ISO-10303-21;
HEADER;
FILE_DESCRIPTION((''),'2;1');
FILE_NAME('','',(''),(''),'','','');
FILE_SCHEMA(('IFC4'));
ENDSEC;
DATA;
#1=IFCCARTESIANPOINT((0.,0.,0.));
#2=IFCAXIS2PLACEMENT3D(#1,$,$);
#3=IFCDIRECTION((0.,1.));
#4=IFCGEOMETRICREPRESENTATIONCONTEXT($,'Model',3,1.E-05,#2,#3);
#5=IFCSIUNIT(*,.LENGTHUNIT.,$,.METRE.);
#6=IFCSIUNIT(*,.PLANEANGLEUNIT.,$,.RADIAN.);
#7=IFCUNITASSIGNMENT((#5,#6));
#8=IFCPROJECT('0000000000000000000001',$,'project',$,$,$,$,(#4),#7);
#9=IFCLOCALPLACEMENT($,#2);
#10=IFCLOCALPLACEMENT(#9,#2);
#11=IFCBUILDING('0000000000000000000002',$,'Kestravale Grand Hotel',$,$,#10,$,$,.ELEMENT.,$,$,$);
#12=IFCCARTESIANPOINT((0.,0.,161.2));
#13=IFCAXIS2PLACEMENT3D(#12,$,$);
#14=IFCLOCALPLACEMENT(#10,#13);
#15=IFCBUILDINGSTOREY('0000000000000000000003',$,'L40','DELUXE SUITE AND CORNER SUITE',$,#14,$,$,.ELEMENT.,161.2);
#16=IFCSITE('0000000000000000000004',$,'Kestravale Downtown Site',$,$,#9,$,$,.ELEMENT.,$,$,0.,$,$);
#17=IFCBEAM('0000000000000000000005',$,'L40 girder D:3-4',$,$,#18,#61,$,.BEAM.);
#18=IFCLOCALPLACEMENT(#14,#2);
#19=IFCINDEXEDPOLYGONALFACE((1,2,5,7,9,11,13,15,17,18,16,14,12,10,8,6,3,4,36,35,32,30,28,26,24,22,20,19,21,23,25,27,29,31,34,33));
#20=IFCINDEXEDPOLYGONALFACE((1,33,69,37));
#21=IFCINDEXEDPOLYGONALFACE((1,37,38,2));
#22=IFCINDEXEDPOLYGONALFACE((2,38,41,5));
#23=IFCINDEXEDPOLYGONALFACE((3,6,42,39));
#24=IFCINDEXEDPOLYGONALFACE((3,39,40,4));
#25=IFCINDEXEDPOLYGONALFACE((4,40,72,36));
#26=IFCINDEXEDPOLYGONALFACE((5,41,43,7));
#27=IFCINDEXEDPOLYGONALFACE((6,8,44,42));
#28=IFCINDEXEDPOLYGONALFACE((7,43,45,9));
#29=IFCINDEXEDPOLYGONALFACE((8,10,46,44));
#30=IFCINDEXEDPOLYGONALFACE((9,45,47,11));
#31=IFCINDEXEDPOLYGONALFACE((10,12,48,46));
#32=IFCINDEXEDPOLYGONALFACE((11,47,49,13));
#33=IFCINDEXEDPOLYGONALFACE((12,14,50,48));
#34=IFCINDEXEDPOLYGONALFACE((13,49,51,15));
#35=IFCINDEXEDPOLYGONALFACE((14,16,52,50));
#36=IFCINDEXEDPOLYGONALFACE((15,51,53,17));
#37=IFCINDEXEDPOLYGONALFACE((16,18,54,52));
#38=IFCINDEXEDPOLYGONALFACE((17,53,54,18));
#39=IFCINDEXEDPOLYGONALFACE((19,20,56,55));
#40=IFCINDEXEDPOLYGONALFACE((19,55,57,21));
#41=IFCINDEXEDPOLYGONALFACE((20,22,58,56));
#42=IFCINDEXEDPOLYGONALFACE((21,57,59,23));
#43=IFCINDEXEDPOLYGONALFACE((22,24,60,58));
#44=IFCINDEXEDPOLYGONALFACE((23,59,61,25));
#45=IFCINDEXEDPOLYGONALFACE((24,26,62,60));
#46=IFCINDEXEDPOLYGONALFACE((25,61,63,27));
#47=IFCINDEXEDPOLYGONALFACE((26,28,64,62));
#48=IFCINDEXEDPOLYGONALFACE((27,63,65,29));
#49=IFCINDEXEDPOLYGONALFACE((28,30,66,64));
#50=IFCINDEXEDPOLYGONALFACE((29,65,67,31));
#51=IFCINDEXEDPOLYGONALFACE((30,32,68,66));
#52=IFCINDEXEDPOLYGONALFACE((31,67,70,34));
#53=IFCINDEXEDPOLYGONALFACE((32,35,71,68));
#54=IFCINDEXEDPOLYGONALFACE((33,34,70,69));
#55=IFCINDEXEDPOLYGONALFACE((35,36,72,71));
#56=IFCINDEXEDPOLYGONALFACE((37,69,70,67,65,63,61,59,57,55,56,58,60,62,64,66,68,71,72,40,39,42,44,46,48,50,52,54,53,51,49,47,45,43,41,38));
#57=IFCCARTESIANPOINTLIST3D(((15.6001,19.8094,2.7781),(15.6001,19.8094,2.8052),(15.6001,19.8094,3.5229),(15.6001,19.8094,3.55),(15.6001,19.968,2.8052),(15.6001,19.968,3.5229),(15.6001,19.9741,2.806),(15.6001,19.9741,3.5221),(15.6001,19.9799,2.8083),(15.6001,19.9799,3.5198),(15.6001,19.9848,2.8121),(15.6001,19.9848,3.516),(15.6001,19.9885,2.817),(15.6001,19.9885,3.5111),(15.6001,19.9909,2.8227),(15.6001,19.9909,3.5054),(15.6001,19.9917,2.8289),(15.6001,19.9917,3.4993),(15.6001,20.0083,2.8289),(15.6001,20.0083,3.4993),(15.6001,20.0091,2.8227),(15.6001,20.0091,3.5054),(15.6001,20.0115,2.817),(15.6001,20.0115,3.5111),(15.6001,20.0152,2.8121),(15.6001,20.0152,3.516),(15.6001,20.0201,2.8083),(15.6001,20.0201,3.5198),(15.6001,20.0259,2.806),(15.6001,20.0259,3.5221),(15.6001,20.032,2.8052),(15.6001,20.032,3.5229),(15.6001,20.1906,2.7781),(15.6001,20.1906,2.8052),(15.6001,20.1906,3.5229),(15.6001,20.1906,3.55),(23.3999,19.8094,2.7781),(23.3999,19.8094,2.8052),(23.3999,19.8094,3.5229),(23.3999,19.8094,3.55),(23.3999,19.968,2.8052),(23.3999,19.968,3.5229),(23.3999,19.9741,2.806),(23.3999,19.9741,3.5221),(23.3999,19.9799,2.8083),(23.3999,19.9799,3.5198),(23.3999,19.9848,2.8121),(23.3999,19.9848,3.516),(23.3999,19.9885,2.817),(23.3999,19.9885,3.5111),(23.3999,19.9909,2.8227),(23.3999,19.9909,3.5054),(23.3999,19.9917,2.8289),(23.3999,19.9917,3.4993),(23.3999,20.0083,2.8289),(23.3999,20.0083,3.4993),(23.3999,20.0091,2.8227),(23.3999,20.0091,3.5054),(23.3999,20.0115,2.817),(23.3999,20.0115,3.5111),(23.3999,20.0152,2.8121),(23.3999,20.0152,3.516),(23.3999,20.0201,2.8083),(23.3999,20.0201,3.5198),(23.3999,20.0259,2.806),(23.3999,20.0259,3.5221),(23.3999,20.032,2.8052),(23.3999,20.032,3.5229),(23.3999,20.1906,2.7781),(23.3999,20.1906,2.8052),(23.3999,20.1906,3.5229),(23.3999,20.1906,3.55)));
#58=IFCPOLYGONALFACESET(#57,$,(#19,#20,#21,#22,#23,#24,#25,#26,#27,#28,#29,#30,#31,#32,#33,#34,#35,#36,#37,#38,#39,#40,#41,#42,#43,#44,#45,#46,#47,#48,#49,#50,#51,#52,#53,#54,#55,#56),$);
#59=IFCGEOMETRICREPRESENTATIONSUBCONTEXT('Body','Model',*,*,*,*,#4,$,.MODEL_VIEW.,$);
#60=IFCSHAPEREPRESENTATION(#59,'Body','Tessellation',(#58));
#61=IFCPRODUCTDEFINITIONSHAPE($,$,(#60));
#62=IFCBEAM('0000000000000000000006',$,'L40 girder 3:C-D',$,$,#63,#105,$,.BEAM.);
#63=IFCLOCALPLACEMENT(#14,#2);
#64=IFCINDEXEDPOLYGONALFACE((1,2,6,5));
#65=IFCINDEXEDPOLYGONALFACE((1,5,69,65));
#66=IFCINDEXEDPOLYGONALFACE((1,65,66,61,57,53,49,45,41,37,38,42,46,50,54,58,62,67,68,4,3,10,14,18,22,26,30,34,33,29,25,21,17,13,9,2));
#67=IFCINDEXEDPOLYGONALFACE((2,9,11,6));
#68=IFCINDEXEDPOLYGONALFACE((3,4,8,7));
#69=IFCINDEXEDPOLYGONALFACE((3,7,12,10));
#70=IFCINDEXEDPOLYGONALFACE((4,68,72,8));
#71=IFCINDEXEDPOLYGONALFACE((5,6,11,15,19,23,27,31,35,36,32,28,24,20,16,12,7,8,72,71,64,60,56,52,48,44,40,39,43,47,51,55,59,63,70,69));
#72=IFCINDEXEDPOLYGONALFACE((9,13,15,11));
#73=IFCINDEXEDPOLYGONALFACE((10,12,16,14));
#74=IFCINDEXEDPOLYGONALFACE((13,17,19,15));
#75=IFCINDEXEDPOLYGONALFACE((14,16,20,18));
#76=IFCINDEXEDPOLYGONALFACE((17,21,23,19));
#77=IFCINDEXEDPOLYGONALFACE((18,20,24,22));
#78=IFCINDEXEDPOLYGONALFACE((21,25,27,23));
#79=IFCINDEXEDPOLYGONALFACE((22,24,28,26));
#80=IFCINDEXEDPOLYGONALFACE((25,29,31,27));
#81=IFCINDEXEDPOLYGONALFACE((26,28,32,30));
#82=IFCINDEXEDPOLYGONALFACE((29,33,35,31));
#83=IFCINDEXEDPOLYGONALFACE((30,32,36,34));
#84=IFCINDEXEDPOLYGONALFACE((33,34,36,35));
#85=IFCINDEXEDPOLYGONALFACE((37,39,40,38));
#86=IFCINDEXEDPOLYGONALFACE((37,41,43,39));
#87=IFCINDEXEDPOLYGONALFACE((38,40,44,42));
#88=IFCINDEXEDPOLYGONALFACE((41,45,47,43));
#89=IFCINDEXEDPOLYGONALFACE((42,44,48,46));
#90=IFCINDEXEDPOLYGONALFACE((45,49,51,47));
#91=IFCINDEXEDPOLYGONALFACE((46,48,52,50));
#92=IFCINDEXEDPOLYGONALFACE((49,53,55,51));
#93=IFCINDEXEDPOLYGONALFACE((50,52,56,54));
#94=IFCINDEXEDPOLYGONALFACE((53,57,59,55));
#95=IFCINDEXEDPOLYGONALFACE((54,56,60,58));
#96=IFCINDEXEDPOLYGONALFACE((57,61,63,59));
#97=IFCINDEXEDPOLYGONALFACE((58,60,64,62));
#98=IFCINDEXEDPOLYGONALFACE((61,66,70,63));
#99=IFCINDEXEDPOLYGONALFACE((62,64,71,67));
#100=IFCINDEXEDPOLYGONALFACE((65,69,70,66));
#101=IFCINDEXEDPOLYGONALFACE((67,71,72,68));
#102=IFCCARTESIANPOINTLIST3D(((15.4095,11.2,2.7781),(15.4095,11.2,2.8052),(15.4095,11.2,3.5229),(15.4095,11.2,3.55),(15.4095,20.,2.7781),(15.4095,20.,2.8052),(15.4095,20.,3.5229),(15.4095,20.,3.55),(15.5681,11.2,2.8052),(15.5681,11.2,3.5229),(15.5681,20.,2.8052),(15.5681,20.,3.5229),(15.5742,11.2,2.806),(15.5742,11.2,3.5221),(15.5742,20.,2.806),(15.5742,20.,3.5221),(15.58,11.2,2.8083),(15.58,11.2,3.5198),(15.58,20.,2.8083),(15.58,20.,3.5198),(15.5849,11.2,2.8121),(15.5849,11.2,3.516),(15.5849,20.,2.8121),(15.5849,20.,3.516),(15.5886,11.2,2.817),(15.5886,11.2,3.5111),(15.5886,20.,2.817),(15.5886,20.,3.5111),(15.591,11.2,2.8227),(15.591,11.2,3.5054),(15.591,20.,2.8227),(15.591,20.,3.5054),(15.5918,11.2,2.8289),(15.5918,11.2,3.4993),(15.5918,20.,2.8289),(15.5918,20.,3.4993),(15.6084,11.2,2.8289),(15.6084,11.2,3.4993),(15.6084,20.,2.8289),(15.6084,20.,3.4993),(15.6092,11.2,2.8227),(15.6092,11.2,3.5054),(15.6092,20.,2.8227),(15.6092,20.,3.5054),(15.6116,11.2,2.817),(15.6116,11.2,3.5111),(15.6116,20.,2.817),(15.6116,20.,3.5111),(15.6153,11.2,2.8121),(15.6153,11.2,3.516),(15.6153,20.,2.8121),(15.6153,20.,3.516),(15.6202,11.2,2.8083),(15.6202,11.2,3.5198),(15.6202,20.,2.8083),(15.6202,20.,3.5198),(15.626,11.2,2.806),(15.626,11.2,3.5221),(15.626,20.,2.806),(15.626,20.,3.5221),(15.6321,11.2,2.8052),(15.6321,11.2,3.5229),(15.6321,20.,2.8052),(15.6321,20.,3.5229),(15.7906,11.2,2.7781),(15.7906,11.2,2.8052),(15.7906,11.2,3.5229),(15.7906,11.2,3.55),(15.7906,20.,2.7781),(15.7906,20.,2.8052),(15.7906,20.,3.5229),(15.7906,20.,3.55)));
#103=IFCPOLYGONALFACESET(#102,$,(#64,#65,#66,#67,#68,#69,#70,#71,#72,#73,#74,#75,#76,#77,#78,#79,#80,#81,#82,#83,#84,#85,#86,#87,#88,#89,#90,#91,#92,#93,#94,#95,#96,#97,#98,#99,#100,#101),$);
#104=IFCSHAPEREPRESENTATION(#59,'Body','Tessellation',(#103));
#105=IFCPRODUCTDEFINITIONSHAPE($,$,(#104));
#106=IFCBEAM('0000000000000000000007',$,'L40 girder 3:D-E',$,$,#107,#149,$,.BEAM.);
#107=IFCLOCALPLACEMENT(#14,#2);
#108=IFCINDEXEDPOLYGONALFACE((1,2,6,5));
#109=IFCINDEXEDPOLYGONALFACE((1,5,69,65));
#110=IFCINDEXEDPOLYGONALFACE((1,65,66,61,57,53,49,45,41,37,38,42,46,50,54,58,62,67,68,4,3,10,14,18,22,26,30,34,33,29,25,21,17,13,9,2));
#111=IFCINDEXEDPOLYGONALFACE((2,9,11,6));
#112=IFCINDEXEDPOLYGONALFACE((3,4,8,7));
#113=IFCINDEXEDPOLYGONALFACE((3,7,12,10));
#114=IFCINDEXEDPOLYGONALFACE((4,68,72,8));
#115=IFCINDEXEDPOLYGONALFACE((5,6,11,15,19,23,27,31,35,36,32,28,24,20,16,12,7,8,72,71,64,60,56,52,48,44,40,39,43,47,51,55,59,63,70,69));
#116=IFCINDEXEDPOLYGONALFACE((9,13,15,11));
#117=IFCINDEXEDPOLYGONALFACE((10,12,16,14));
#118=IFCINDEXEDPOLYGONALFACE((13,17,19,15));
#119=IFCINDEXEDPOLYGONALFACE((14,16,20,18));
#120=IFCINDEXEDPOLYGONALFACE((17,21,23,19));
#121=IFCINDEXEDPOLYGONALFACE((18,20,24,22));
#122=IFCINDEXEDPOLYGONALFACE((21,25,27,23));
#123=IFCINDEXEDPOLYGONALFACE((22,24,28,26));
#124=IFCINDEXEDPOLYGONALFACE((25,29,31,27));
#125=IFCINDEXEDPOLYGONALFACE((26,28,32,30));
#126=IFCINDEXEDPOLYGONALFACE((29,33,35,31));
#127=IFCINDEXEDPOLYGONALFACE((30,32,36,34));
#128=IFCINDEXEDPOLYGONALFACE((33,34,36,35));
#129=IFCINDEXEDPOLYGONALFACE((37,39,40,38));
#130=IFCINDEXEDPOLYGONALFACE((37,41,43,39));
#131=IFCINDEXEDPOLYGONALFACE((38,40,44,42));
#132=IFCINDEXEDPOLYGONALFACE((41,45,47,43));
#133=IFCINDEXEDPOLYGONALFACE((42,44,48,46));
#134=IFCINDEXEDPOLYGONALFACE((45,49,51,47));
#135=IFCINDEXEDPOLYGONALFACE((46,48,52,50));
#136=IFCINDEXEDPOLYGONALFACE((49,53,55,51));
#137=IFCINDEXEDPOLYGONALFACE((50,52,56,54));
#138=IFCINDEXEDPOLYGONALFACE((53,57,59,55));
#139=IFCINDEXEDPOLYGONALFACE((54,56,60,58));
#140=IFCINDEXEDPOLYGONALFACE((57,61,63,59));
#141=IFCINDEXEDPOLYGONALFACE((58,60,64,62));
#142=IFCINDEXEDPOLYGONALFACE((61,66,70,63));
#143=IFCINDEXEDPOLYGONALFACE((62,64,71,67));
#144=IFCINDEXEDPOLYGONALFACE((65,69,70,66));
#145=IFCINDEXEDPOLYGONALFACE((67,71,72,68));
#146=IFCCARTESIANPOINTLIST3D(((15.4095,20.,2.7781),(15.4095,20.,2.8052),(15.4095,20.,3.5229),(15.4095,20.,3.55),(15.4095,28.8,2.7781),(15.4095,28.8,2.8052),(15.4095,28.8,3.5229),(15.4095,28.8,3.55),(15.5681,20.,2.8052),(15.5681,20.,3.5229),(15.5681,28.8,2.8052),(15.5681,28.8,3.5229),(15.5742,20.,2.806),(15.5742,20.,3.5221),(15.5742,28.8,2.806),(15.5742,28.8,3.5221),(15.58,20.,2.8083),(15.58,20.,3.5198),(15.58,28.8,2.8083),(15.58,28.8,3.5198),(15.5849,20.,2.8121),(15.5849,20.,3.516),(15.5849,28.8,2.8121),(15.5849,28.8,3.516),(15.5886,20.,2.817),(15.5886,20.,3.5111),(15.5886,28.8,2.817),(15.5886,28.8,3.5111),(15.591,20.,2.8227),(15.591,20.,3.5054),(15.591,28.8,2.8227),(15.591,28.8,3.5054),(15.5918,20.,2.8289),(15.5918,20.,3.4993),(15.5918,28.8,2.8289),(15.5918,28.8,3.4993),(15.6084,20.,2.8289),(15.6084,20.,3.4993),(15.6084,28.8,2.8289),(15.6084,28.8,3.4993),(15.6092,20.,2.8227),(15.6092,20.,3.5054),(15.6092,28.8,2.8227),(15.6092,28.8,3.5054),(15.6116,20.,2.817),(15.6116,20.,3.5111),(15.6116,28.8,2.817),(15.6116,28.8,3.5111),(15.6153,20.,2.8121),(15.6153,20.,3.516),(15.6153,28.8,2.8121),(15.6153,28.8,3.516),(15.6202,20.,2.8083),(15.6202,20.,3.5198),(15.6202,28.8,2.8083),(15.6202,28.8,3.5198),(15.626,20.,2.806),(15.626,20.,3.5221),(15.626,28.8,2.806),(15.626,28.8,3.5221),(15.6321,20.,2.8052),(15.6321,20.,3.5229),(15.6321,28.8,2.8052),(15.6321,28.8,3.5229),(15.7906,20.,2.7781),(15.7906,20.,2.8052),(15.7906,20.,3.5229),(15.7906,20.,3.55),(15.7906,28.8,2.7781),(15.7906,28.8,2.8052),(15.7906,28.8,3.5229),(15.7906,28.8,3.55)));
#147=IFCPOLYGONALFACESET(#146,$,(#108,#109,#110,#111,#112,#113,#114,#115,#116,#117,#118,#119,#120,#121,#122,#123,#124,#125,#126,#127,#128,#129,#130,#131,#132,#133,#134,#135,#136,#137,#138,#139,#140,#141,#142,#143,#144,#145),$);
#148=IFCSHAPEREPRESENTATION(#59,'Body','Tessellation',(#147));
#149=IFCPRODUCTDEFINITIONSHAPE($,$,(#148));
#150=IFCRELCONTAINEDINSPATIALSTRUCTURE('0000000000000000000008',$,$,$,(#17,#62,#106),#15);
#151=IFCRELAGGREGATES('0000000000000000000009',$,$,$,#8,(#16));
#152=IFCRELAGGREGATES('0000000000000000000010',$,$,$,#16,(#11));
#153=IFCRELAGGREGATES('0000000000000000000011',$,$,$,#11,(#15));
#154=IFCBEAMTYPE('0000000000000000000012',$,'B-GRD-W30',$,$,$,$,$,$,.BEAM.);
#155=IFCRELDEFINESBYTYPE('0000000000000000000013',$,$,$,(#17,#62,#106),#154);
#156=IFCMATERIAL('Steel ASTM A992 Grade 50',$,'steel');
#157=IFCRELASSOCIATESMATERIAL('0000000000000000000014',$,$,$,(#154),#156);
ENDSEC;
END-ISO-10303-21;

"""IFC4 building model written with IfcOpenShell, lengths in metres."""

from ifc_helpers import new_model, si_unit, direction, frame, origin, origin_2d, place, context, subcontext, project, spatial, i_section, extrude, material, material_profile, profile_set, type_object, element, save


model = new_model("IFC4")

# Units and contexts
model_context = context("Model", 3, precision=1e-05, world=origin(), true_north=direction((0.0, 1.0)))
body_context = subcontext(model_context, "Body", "Model", "MODEL_VIEW")
ifc_project = project(units=[si_unit("LENGTHUNIT", "METRE"), si_unit("PLANEANGLEUNIT", "RADIAN")], contexts=[model_context])

# Site, building, storey
site_placement = place(None, origin())
site = spatial("IfcSite", under=ifc_project, at=site_placement, Name="Kestravale Downtown Site", CompositionType="ELEMENT", RefElevation=0.0)
building_placement = place(site_placement, origin())
building = spatial("IfcBuilding", under=site, at=building_placement, Name="Kestravale Grand Hotel", CompositionType="ELEMENT")
storey_placement = place(building_placement, frame((0.0, 0.0, 161.2)))
storey = spatial("IfcBuildingStorey", under=building, at=storey_placement, Name="L40", Description="DELUXE SUITE AND CORNER SUITE", CompositionType="ELEMENT", Elevation=161.2)

# Beams
ifc_material_1 = material(Name="Steel ASTM A992 Grade 50", Category="steel")
ifc_material_profile_1 = material_profile(ifc_material_1, i_section(OverallWidth=0.3811, OverallDepth=0.772, WebThickness=0.0166, FlangeThickness=0.0271, FilletRadius=0.0237, at=origin_2d()))
ifc_profile_set_1 = profile_set([ifc_material_profile_1], Name="Steel ASTM A992 Grade 50")
beam_type_1 = type_object("IfcBeamType", Name="B-GRD-W30", PredefinedType="BEAM", material=ifc_profile_set_1)
for number, where, z_axis, x_axis, name in (
    (1, (15.6001, 20.0, 3.1641), (1.0, 0.0, 0.0), (0.0, 1.0, 0.0), "L40 girder D:3-4"),
):
    element("IfcBeam", number, at=place(storey_placement, frame(where, z_axis=z_axis, x_axis=x_axis)), inside=storey, type_object=beam_type_1, Name=name, PredefinedType="BEAM", context=body_context, shape_type="SweptSolid", body=[
        extrude(i_section(OverallWidth=0.3811, OverallDepth=0.772, WebThickness=0.0166, FlangeThickness=0.0271, FilletRadius=0.0237, at=origin_2d()), origin(), (0.0, 0.0, 1.0), 7.7998),
    ])
for number, where, z_axis, x_axis, name in (
    (2, (15.6001, 11.2, 3.1641), (0.0, 1.0, 0.0), (-1.0, 0.0, 0.0), "L40 girder 3:C-D"),
    (3, (15.6001, 20.0, 3.1641), (0.0, 1.0, 0.0), (-1.0, 0.0, 0.0), "L40 girder 3:D-E"),
):
    element("IfcBeam", number, at=place(storey_placement, frame(where, z_axis=z_axis, x_axis=x_axis)), inside=storey, type_object=beam_type_1, Name=name, PredefinedType="BEAM", context=body_context, shape_type="SweptSolid", body=[
        extrude(i_section(OverallWidth=0.3811, OverallDepth=0.772, WebThickness=0.0166, FlangeThickness=0.0271, FilletRadius=0.0237, at=origin_2d()), origin(), (0.0, 0.0, 1.0), 8.8),
    ])

save(model, "model.ifc")
